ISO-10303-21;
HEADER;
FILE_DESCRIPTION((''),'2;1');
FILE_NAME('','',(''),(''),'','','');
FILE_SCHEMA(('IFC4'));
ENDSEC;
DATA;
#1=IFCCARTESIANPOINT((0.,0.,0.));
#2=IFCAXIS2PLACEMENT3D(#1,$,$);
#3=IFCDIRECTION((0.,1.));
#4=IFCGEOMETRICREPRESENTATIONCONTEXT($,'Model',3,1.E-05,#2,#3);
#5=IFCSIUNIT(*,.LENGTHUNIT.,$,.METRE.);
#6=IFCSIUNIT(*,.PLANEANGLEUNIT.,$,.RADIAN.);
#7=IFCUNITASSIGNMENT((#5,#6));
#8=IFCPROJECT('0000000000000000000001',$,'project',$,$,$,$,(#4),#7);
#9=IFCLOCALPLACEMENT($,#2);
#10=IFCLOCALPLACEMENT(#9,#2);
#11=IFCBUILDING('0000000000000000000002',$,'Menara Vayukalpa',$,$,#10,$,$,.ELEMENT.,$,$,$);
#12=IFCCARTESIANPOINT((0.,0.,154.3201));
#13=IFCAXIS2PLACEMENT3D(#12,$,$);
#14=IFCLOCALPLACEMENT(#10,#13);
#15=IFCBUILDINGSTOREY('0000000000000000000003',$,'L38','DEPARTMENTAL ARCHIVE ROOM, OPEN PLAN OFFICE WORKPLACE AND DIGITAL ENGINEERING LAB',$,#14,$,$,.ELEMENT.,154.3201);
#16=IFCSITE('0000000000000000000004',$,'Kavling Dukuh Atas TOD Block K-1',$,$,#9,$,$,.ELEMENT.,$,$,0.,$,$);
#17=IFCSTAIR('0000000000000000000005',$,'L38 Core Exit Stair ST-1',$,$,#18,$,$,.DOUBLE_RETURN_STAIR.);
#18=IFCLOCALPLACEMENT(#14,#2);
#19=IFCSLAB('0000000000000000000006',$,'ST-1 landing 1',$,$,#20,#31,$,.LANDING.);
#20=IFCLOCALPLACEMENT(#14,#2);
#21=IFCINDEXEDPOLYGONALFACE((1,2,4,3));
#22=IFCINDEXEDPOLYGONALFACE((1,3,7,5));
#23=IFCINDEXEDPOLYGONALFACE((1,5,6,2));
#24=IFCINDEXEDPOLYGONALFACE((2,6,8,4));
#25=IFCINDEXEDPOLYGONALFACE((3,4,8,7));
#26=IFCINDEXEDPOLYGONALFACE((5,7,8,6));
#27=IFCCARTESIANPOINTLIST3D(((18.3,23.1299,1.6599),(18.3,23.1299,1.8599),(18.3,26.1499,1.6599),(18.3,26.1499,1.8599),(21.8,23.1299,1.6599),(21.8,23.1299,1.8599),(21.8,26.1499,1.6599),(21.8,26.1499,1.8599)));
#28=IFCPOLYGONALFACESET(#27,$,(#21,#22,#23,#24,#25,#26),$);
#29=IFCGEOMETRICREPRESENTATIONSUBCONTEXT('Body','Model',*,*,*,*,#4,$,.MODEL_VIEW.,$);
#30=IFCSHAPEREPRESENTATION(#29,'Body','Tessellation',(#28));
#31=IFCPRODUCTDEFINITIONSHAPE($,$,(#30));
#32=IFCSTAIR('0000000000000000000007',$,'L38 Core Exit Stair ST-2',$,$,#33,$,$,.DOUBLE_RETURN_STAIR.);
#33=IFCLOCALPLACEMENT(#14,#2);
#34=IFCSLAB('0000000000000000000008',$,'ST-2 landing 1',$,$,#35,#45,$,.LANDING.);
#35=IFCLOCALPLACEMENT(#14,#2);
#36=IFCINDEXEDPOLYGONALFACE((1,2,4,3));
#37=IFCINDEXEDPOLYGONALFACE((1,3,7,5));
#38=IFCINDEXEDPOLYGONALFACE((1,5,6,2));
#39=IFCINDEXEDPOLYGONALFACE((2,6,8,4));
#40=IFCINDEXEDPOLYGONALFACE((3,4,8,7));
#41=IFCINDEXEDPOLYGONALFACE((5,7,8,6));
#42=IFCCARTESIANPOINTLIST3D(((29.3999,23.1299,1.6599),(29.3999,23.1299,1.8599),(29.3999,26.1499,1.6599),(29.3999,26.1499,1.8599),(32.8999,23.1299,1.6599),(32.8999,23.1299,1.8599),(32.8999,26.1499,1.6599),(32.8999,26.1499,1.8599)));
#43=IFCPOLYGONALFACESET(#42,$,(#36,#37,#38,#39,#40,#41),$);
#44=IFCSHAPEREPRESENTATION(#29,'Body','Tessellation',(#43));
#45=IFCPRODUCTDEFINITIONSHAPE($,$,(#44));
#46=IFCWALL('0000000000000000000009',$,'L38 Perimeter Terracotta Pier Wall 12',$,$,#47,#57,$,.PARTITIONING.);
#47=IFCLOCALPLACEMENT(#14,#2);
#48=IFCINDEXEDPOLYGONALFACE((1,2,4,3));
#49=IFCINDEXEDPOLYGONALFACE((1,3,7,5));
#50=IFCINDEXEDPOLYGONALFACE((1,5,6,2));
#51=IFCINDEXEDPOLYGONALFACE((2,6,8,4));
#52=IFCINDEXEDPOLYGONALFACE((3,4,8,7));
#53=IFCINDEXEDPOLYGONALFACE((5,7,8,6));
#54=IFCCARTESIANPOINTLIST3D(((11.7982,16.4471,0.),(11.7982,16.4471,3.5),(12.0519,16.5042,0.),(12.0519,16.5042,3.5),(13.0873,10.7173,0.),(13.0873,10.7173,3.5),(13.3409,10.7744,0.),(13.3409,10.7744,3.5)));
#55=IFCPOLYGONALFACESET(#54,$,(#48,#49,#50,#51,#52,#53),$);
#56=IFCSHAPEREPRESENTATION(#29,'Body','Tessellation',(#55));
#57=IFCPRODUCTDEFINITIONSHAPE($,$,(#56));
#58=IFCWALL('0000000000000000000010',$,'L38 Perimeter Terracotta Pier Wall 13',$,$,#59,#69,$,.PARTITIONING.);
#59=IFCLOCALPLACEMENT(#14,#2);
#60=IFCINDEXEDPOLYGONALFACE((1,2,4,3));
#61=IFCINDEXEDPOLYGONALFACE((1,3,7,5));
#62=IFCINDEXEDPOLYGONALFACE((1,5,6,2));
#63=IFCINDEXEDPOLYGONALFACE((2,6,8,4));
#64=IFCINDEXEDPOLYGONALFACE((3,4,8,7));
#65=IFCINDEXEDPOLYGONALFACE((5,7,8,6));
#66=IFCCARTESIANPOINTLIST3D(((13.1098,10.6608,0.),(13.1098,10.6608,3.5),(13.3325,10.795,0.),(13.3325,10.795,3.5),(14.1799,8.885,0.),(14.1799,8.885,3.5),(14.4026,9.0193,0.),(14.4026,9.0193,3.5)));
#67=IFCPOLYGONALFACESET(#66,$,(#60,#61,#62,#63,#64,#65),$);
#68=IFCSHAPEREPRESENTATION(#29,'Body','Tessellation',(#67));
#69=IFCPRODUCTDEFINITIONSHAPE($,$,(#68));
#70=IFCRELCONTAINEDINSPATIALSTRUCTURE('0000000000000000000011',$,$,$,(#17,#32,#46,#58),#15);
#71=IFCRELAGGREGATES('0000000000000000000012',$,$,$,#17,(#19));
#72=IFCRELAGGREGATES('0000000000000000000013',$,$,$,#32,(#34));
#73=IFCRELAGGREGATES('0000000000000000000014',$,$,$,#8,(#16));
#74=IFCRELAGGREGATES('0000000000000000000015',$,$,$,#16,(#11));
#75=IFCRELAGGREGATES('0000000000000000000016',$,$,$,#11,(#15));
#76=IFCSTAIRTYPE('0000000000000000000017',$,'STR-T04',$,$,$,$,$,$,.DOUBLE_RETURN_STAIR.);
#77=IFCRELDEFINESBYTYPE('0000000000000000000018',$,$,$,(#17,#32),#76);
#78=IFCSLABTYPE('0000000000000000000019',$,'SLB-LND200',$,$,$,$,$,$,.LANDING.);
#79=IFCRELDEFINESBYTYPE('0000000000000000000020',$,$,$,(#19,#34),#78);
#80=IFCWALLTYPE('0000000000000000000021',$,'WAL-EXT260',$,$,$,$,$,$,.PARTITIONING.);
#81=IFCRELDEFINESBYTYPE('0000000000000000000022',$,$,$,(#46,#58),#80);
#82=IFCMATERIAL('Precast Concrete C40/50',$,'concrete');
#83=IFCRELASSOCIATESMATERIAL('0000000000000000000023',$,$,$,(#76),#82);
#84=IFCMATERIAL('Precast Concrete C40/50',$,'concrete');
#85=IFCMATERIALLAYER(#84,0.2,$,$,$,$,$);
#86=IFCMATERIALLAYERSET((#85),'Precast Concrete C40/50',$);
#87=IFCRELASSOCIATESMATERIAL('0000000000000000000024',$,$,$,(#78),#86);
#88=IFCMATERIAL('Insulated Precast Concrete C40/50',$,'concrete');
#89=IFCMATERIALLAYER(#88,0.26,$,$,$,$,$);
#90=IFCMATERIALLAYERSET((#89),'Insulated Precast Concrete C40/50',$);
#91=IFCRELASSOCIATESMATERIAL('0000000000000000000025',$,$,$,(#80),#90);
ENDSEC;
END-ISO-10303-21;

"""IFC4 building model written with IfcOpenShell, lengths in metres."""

from ifc_helpers import new_model, si_unit, direction, frame, frame_2d, origin, place, context, subcontext, project, spatial, polyline, rectangle, outline, extrude, material, layer, layer_set, type_object, element, aggregate, save


model = new_model("IFC4")

# Units and contexts
model_context = context("Model", 3, precision=1e-05, world=origin(), true_north=direction((0.0, 1.0)))
body_context = subcontext(model_context, "Body", "Model", "MODEL_VIEW")
ifc_project = project(units=[si_unit("LENGTHUNIT", "METRE"), si_unit("PLANEANGLEUNIT", "RADIAN")], contexts=[model_context])

# Site, building, storey
site_placement = place(None, origin())
site = spatial("IfcSite", under=ifc_project, at=site_placement, Name="Kavling Dukuh Atas TOD Block K-1", CompositionType="ELEMENT", RefElevation=0.0)
building_placement = place(site_placement, origin())
building = spatial("IfcBuilding", under=site, at=building_placement, Name="Menara Vayukalpa", CompositionType="ELEMENT")
storey_placement = place(building_placement, frame((0.0, 0.0, 154.3201)))
storey = spatial("IfcBuildingStorey", under=building, at=storey_placement, Name="L38", Description="DEPARTMENTAL ARCHIVE ROOM, OPEN PLAN OFFICE WORKPLACE AND DIGITAL ENGINEERING LAB", CompositionType="ELEMENT", Elevation=154.3201)

# Stairs, slabs
ifc_material_1 = material(Name="Precast Concrete C40/50", Category="concrete")
stair_type = type_object("IfcStairType", Name="STR-T04", PredefinedType="DOUBLE_RETURN_STAIR", material=ifc_material_1)
stair_1_placement = place(storey_placement, origin())
stair_1 = element("IfcStair", 1, at=stair_1_placement, inside=storey, type_object=stair_type, Name="L38 Core Exit Stair ST-1", PredefinedType="DOUBLE_RETURN_STAIR")
ifc_material_2 = material(Name="Precast Concrete C40/50", Category="concrete")
ifc_layer_1 = layer(ifc_material_2, 0.2)
ifc_layer_set_1 = layer_set([ifc_layer_1], Name="Precast Concrete C40/50")
slab_type_1 = type_object("IfcSlabType", Name="SLB-LND200", PredefinedType="LANDING", material=ifc_layer_set_1)
slab_1_placement = place(storey_placement, frame((0.0, 0.0, 1.6599)))
slab_1 = element("IfcSlab", 2, at=slab_1_placement, type_object=slab_type_1, Name="ST-1 landing 1", PredefinedType="LANDING", context=body_context, shape_type="SweptSolid", body=[
    extrude(outline(polyline([(21.8, 23.1299), (21.8, 26.1499), (18.3, 26.1499), (18.3, 23.1299), (21.8, 23.1299)])), origin(), (0.0, 0.0, 1.0), 0.2),
])
aggregate(stair_1, [slab_1])
stair_2_placement = place(storey_placement, origin())
stair_2 = element("IfcStair", 3, at=stair_2_placement, inside=storey, type_object=stair_type, Name="L38 Core Exit Stair ST-2", PredefinedType="DOUBLE_RETURN_STAIR")
slab_2_placement = place(storey_placement, frame((0.0, 0.0, 1.6599)))
slab_2 = element("IfcSlab", 4, at=slab_2_placement, type_object=slab_type_1, Name="ST-2 landing 1", PredefinedType="LANDING", context=body_context, shape_type="SweptSolid", body=[
    extrude(outline(polyline([(32.8999, 23.1299), (32.8999, 26.1499), (29.3999, 26.1499), (29.3999, 23.1299), (32.8999, 23.1299)])), origin(), (0.0, 0.0, 1.0), 0.2),
])
aggregate(stair_2, [slab_2])

# Walls
ifc_material_3 = material(Name="Insulated Precast Concrete C40/50", Category="concrete")
ifc_layer_2 = layer(ifc_material_3, 0.26)
ifc_layer_set_2 = layer_set([ifc_layer_2], Name="Insulated Precast Concrete C40/50")
wall_type = type_object("IfcWallType", Name="WAL-EXT260", PredefinedType="PARTITIONING", material=ifc_layer_set_2)
wall_1_placement = place(storey_placement, frame((13.2141, 10.7458, 0.0), z_axis=(0.0, 0.0, 1.0), x_axis=(-0.219491, 0.975614, 0.0)))
element("IfcWall", 5, at=wall_1_placement, inside=storey, type_object=wall_type, Name="L38 Perimeter Terracotta Pier Wall 12", PredefinedType="PARTITIONING", context=body_context, shape_type="SweptSolid", body=[
    extrude(rectangle(XDim=5.873, YDim=0.26, at=frame_2d((2.9365, 0.0))), origin(), (0.0, 0.0, 1.0), 3.5),
])
wall_2_placement = place(storey_placement, frame((14.2913, 8.9521, 0.0), z_axis=(0.0, 0.0, 1.0), x_axis=(-0.516157, 0.856494, 0.0)))
element("IfcWall", 6, at=wall_2_placement, inside=storey, type_object=wall_type, Name="L38 Perimeter Terracotta Pier Wall 13", PredefinedType="PARTITIONING", context=body_context, shape_type="SweptSolid", body=[
    extrude(rectangle(XDim=2.0732, YDim=0.26, at=frame_2d((1.0366, 0.0))), origin(), (0.0, 0.0, 1.0), 3.5),
])

save(model, "model.ifc")
